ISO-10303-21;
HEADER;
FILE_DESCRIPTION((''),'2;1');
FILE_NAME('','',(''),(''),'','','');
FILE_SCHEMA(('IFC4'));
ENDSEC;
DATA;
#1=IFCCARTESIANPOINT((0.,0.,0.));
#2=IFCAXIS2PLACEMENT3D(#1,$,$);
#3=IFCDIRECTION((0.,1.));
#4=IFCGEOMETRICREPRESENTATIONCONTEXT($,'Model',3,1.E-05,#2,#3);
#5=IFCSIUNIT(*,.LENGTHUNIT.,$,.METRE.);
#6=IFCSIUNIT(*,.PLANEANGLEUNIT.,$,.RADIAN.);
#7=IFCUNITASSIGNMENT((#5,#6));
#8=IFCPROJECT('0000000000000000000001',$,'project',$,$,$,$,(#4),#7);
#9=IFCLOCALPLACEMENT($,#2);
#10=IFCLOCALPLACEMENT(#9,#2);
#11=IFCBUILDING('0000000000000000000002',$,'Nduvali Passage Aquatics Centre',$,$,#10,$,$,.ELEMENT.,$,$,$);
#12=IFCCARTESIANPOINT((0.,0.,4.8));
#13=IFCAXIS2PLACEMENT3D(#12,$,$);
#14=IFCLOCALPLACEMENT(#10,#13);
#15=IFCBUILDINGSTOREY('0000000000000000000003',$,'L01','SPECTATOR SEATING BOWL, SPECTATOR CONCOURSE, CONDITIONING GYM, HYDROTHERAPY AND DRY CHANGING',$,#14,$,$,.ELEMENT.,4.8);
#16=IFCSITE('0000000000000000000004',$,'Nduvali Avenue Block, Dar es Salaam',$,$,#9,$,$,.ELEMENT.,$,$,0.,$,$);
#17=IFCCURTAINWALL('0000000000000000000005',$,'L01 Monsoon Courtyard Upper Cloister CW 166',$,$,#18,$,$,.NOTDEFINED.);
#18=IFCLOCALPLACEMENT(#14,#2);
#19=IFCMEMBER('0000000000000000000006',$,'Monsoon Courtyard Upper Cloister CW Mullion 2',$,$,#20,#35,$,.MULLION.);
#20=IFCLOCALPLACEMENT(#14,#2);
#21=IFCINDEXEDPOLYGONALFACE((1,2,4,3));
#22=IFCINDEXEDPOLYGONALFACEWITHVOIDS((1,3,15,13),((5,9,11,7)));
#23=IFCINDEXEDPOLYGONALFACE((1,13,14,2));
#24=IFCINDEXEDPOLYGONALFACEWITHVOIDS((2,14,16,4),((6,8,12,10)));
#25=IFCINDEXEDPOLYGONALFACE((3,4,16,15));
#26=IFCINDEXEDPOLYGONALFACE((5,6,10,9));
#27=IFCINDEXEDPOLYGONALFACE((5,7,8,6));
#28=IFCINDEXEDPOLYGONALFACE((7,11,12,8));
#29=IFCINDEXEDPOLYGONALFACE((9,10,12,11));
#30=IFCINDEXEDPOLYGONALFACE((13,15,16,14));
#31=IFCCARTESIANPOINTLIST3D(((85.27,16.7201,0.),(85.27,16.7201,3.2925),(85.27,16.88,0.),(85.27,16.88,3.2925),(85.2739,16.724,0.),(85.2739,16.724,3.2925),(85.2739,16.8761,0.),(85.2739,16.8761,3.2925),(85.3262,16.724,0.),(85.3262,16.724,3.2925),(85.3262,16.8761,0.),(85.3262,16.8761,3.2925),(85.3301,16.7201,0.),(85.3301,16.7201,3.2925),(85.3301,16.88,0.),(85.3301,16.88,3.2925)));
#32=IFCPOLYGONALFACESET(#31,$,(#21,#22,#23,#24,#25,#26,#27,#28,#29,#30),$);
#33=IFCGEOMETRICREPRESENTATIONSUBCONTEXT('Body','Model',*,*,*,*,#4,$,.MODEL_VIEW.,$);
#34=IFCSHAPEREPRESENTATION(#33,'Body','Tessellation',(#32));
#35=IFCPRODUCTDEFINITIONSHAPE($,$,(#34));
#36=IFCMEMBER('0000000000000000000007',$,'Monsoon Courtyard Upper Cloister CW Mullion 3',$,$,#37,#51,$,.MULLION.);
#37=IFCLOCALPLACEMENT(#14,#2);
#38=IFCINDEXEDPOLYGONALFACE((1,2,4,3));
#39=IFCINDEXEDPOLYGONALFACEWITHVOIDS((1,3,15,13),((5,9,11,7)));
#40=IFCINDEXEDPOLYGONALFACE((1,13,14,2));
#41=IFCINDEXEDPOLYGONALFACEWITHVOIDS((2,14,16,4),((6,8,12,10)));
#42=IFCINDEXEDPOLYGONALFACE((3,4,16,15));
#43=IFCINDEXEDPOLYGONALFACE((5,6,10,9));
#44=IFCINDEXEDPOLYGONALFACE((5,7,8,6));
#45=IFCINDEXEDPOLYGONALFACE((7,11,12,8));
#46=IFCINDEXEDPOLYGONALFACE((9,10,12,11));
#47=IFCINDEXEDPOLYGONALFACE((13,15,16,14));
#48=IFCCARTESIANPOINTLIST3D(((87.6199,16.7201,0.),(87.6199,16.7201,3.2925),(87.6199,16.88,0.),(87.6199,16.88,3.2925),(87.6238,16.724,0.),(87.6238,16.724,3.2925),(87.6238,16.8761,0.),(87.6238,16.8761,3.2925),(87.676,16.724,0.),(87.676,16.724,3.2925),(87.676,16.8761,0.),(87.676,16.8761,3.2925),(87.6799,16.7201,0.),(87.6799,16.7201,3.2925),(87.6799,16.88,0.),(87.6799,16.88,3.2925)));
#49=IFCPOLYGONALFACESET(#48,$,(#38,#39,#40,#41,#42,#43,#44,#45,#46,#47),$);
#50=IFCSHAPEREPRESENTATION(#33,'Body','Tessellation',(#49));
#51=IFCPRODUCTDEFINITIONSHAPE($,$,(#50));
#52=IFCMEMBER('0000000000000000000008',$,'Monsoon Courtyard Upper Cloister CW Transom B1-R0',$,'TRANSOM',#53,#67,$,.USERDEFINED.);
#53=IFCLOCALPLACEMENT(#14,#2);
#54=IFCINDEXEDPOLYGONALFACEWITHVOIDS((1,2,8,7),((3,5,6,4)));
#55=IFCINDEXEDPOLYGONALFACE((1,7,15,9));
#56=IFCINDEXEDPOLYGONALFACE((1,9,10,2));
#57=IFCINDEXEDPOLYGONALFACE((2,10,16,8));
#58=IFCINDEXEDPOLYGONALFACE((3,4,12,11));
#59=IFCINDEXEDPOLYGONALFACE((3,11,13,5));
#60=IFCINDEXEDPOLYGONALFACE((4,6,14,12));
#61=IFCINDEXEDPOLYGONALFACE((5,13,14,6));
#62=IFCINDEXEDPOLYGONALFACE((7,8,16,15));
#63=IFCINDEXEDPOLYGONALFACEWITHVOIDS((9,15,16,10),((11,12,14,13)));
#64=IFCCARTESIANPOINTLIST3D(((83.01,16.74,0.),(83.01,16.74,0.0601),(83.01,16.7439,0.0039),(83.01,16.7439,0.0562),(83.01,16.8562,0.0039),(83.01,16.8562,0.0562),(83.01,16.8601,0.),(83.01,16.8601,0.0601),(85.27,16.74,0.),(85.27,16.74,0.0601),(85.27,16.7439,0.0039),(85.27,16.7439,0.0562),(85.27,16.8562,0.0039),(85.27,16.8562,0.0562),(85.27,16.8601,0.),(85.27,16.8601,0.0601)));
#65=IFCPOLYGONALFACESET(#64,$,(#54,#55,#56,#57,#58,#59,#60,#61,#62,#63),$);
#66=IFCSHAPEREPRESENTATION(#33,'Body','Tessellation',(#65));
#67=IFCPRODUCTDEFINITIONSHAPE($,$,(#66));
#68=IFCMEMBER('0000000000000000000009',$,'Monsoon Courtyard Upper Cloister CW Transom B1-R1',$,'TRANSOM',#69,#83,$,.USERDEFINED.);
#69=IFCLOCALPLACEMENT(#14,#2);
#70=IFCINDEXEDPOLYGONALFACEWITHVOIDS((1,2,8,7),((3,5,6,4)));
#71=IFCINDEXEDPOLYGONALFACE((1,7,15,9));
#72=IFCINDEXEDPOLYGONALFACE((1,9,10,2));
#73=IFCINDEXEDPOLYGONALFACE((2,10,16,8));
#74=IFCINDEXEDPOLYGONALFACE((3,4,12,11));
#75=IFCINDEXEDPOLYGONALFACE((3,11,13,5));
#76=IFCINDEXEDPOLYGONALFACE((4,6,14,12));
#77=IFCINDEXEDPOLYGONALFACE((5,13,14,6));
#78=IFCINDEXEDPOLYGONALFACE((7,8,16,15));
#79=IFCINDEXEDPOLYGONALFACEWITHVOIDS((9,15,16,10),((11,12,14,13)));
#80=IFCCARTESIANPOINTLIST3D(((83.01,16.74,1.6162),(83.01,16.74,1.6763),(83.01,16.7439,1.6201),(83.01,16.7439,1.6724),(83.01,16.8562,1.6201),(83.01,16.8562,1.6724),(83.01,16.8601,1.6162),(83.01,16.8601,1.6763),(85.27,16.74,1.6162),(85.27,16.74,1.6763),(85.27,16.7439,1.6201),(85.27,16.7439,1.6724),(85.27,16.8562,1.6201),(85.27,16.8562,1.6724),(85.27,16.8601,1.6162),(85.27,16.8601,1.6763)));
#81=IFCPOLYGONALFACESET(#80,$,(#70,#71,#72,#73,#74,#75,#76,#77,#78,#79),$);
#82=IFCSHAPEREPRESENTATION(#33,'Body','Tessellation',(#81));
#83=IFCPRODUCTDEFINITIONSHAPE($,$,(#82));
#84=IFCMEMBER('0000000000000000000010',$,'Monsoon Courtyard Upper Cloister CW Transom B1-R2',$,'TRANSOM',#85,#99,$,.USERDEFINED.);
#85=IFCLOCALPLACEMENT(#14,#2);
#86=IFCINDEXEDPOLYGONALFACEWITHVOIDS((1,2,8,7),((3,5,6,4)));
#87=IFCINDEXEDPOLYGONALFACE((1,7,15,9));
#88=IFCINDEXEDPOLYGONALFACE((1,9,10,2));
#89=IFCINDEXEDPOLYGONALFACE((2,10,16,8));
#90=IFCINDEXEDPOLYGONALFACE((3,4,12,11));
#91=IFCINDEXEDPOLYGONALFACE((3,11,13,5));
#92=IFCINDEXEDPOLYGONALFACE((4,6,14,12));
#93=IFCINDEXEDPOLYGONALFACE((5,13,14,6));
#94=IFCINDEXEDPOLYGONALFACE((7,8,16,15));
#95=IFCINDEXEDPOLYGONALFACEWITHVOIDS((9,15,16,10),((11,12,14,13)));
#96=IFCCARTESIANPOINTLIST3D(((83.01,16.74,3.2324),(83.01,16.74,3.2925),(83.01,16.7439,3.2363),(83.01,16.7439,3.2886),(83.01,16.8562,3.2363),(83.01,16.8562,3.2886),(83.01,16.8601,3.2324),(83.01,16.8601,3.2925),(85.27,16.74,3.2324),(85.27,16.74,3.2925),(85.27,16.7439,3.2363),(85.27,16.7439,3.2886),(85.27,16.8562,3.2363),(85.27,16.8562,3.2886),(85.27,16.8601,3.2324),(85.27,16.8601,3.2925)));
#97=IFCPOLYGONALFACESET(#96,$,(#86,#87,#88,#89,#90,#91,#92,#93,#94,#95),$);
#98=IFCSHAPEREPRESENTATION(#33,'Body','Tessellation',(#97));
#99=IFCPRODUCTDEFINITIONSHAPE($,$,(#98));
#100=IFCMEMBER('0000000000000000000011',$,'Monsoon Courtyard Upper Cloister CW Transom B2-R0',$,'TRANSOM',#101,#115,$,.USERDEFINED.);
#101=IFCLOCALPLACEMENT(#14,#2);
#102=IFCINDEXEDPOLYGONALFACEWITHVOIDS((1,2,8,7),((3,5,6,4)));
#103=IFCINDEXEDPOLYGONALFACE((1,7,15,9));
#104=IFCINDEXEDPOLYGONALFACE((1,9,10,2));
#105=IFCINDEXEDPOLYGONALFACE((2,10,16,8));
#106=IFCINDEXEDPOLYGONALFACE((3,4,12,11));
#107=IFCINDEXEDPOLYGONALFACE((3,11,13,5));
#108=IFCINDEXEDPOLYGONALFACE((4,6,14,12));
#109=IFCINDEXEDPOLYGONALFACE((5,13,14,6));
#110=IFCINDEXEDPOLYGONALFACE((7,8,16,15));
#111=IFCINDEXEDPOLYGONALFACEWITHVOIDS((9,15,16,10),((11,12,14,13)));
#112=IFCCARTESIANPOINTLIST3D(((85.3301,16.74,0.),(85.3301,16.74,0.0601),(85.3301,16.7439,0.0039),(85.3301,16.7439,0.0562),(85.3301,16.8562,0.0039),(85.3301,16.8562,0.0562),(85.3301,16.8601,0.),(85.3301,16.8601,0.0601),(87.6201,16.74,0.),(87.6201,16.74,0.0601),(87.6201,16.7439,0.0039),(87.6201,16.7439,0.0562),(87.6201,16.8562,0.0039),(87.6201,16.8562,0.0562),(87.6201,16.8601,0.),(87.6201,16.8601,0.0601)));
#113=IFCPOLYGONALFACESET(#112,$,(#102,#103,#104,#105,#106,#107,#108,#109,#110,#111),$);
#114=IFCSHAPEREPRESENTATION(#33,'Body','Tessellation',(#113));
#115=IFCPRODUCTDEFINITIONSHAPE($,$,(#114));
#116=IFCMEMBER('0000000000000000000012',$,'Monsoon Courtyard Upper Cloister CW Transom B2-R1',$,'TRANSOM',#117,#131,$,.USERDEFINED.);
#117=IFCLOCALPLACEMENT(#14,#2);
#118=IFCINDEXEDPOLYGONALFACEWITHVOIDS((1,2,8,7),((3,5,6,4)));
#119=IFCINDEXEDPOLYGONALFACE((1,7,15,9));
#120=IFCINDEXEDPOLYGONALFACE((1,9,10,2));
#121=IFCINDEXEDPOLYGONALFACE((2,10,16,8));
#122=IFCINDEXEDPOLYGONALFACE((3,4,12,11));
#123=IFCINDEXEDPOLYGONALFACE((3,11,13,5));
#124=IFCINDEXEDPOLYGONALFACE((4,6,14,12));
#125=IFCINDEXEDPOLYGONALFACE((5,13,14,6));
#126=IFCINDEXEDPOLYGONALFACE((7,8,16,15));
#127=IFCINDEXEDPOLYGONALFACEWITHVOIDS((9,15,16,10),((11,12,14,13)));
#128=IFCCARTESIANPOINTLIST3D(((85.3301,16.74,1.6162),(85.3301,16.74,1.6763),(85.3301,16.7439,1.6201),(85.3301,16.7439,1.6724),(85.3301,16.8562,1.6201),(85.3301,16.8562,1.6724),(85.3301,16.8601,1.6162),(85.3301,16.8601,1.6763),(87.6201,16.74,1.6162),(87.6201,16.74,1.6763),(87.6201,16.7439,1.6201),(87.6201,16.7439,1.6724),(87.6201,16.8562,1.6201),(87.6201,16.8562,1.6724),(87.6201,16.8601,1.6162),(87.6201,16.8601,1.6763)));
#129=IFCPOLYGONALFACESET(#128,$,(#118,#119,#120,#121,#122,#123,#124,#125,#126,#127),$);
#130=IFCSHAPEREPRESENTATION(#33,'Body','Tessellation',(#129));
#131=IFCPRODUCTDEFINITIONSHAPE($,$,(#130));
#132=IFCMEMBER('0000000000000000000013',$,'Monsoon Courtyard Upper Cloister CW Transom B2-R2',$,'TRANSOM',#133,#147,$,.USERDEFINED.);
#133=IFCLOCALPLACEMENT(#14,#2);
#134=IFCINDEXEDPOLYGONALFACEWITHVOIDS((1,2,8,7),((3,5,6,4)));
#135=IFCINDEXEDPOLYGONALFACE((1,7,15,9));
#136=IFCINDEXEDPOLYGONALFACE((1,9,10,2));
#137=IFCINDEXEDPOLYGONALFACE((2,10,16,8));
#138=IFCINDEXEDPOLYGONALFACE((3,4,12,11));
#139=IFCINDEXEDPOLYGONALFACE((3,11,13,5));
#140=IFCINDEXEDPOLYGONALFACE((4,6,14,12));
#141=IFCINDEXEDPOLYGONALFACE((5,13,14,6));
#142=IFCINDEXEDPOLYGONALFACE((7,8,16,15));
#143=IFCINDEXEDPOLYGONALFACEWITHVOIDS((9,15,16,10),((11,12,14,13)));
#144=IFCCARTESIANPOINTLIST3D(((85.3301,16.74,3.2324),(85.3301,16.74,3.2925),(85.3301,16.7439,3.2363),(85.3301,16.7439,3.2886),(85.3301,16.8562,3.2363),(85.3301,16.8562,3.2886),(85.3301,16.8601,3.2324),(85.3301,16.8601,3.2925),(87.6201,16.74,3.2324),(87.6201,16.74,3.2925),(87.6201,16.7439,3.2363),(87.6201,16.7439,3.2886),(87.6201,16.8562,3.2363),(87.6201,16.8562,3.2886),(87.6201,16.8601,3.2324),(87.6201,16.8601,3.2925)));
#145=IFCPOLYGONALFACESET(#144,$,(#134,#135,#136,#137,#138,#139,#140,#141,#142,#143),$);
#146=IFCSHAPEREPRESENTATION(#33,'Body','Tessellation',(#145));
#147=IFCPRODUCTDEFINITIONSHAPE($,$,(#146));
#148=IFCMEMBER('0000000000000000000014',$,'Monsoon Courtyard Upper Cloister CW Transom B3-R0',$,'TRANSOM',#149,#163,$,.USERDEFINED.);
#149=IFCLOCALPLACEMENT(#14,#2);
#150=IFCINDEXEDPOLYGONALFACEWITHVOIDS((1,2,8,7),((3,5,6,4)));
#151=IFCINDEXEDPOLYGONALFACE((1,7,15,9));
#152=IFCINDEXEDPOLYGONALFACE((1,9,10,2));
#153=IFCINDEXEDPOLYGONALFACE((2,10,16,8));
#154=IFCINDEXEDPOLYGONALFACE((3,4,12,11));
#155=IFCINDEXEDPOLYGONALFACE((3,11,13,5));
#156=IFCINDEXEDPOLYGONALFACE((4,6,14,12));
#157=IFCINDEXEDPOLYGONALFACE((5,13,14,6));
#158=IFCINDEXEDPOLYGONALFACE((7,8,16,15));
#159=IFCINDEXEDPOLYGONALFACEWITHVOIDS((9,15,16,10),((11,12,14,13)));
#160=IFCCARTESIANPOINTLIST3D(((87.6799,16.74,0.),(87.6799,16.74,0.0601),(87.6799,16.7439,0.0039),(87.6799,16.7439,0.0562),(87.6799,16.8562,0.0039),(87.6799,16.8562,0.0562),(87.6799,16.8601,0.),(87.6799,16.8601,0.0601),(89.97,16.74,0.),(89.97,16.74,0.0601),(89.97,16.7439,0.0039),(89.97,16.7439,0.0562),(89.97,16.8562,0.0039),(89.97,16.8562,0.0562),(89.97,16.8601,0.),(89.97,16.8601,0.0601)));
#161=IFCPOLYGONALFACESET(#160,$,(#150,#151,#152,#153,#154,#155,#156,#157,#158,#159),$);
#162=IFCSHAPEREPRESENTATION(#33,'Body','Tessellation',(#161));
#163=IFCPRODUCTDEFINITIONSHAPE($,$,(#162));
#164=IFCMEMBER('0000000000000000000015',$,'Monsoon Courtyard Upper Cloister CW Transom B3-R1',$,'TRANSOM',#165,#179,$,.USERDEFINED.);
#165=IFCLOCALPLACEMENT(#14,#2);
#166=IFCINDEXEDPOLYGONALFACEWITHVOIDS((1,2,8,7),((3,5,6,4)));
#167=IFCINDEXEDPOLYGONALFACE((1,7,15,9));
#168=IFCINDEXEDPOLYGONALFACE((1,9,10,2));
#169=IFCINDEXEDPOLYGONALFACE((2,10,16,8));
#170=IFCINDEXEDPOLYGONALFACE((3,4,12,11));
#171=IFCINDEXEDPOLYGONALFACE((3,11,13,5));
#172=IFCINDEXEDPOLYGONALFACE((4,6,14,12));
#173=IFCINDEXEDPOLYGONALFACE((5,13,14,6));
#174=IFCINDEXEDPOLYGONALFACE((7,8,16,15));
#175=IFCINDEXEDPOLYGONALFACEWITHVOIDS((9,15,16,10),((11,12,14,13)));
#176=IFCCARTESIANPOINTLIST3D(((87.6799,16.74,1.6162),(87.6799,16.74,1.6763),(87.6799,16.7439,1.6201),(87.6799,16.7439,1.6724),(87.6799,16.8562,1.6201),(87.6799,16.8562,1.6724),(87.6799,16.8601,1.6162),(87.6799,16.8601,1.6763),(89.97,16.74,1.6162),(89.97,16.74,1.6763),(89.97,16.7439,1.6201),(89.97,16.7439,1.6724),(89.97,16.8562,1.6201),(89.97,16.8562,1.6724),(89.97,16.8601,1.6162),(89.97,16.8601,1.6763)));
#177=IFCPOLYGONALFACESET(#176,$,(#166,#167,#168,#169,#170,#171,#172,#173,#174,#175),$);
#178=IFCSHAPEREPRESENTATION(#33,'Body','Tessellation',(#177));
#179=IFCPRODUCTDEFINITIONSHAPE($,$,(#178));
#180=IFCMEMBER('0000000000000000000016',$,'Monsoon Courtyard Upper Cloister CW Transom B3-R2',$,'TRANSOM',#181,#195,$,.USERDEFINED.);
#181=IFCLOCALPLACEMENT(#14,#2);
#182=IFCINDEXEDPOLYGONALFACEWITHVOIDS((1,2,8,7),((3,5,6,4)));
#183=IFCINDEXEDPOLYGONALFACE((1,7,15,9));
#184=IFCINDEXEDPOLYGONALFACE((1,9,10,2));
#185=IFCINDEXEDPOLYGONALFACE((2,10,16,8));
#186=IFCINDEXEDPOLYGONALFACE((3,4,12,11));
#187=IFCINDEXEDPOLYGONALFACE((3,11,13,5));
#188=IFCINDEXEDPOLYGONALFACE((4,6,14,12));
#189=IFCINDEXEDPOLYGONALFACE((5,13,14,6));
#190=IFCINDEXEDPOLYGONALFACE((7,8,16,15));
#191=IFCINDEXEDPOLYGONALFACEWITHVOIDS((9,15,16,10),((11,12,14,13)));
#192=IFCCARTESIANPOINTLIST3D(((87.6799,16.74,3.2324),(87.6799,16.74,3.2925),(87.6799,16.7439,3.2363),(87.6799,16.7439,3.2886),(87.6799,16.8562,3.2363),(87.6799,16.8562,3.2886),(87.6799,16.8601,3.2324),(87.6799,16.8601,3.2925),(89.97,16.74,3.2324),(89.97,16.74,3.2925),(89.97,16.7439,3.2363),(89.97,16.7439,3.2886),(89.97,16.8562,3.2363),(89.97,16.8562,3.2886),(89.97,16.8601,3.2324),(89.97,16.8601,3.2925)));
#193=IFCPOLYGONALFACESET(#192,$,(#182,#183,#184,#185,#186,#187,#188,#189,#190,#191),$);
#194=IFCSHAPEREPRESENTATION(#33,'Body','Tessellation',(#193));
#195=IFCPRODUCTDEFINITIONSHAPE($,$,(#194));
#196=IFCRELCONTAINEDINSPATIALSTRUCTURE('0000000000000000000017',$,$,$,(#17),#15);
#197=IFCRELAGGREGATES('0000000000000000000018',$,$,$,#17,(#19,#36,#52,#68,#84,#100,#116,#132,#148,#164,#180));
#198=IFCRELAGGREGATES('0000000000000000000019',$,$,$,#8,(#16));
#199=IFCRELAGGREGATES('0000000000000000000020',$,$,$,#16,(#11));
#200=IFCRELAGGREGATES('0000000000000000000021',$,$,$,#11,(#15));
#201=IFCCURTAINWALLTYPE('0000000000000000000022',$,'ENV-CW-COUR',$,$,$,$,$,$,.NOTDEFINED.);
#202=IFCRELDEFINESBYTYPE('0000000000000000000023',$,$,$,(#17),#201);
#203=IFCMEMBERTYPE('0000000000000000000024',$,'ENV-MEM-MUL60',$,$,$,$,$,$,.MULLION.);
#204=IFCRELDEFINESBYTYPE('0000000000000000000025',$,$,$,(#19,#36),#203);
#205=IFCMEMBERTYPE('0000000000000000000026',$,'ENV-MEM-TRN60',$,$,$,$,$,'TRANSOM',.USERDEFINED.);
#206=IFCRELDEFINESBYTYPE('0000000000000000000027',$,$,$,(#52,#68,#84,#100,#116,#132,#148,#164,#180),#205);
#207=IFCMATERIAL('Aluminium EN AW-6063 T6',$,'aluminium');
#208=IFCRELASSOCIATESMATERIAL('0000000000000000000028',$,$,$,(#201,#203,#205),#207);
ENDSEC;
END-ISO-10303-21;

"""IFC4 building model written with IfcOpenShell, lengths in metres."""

from ifc_helpers import new_model, si_unit, direction, frame, origin, origin_2d, place, context, subcontext, project, spatial, hollow_rectangle, extrude, material, material_profile, profile_set, type_object, element, aggregate, save


model = new_model("IFC4")

# Units and contexts
model_context = context("Model", 3, precision=1e-05, world=origin(), true_north=direction((0.0, 1.0)))
body_context = subcontext(model_context, "Body", "Model", "MODEL_VIEW")
ifc_project = project(units=[si_unit("LENGTHUNIT", "METRE"), si_unit("PLANEANGLEUNIT", "RADIAN")], contexts=[model_context])

# Site, building, storey
site_placement = place(None, origin())
site = spatial("IfcSite", under=ifc_project, at=site_placement, Name="Nduvali Avenue Block, Dar es Salaam", CompositionType="ELEMENT", RefElevation=0.0)
building_placement = place(site_placement, origin())
building = spatial("IfcBuilding", under=site, at=building_placement, Name="Nduvali Passage Aquatics Centre", CompositionType="ELEMENT")
storey_placement = place(building_placement, frame((0.0, 0.0, 4.8)))
storey = spatial("IfcBuildingStorey", under=building, at=storey_placement, Name="L01", Description="SPECTATOR SEATING BOWL, SPECTATOR CONCOURSE, CONDITIONING GYM, HYDROTHERAPY AND DRY CHANGING", CompositionType="ELEMENT", Elevation=4.8)

# Curtain wall, members
ifc_material_1 = material(Name="Aluminium EN AW-6063 T6", Category="aluminium")
curtain_wall_type = type_object("IfcCurtainWallType", Name="ENV-CW-COUR", PredefinedType="NOTDEFINED", material=ifc_material_1)
curtain_wall_placement = place(storey_placement, origin())
curtain_wall = element("IfcCurtainWall", 1, at=curtain_wall_placement, inside=storey, type_object=curtain_wall_type, Name="L01 Monsoon Courtyard Upper Cloister CW 166", PredefinedType="NOTDEFINED")
ifc_material_profile_1 = material_profile(ifc_material_1, hollow_rectangle(XDim=0.0601, YDim=0.1599, WallThickness=0.0039, at=origin_2d()), Name="ALU MULLION 60x160x4")
ifc_profile_set_1 = profile_set([ifc_material_profile_1], Name="Aluminium EN AW-6063 T6")
member_type_1 = type_object("IfcMemberType", Name="ENV-MEM-MUL60", PredefinedType="MULLION", material=ifc_profile_set_1)
member_1_placement = place(storey_placement, frame((85.3, 16.8, 0.0), z_axis=(0.0, 0.0, 1.0), x_axis=(1.0, 0.0, 0.0)))
member_1 = element("IfcMember", 2, at=member_1_placement, type_object=member_type_1, Name="Monsoon Courtyard Upper Cloister CW Mullion 2", PredefinedType="MULLION", context=body_context, shape_type="SweptSolid", body=[
    extrude(hollow_rectangle(XDim=0.0601, YDim=0.1599, WallThickness=0.0039, at=origin_2d()), origin(), (0.0, 0.0, 1.0), 3.2925),
])
member_2_placement = place(storey_placement, frame((87.6499, 16.8, 0.0), z_axis=(0.0, 0.0, 1.0), x_axis=(1.0, 0.0, 0.0)))
member_2 = element("IfcMember", 3, at=member_2_placement, type_object=member_type_1, Name="Monsoon Courtyard Upper Cloister CW Mullion 3", PredefinedType="MULLION", context=body_context, shape_type="SweptSolid", body=[
    extrude(hollow_rectangle(XDim=0.0601, YDim=0.1599, WallThickness=0.0039, at=origin_2d()), origin(), (0.0, 0.0, 1.0), 3.2925),
])
ifc_material_profile_2 = material_profile(ifc_material_1, hollow_rectangle(XDim=0.1201, YDim=0.0601, WallThickness=0.0039, at=origin_2d()), Name="ALU TRANSOM 120x60x4")
ifc_profile_set_2 = profile_set([ifc_material_profile_2], Name="Aluminium EN AW-6063 T6")
member_type_2 = type_object("IfcMemberType", Name="ENV-MEM-TRN60", ElementType="TRANSOM", PredefinedType="USERDEFINED", material=ifc_profile_set_2)
member_3_placement = place(storey_placement, frame((83.01, 16.8, 0.03), z_axis=(1.0, 0.0, 0.0), x_axis=(0.0, 1.0, 0.0)))
member_3 = element("IfcMember", 4, at=member_3_placement, type_object=member_type_2, Name="Monsoon Courtyard Upper Cloister CW Transom B1-R0", ObjectType="TRANSOM", PredefinedType="USERDEFINED", context=body_context, shape_type="SweptSolid", body=[
    extrude(hollow_rectangle(XDim=0.1201, YDim=0.0601, WallThickness=0.0039, at=origin_2d()), origin(), (0.0, 0.0, 1.0), 2.26),
])
member_4_placement = place(storey_placement, frame((83.01, 16.8, 1.6462), z_axis=(1.0, 0.0, 0.0), x_axis=(0.0, 1.0, 0.0)))
member_4 = element("IfcMember", 5, at=member_4_placement, type_object=member_type_2, Name="Monsoon Courtyard Upper Cloister CW Transom B1-R1", ObjectType="TRANSOM", PredefinedType="USERDEFINED", context=body_context, shape_type="SweptSolid", body=[
    extrude(hollow_rectangle(XDim=0.1201, YDim=0.0601, WallThickness=0.0039, at=origin_2d()), origin(), (0.0, 0.0, 1.0), 2.26),
])
member_5_placement = place(storey_placement, frame((83.01, 16.8, 3.2625), z_axis=(1.0, 0.0, 0.0), x_axis=(0.0, 1.0, 0.0)))
member_5 = element("IfcMember", 6, at=member_5_placement, type_object=member_type_2, Name="Monsoon Courtyard Upper Cloister CW Transom B1-R2", ObjectType="TRANSOM", PredefinedType="USERDEFINED", context=body_context, shape_type="SweptSolid", body=[
    extrude(hollow_rectangle(XDim=0.1201, YDim=0.0601, WallThickness=0.0039, at=origin_2d()), origin(), (0.0, 0.0, 1.0), 2.26),
])
member_6_placement = place(storey_placement, frame((85.3301, 16.8, 0.03), z_axis=(1.0, 0.0, 0.0), x_axis=(0.0, 1.0, 0.0)))
member_6 = element("IfcMember", 7, at=member_6_placement, type_object=member_type_2, Name="Monsoon Courtyard Upper Cloister CW Transom B2-R0", ObjectType="TRANSOM", PredefinedType="USERDEFINED", context=body_context, shape_type="SweptSolid", body=[
    extrude(hollow_rectangle(XDim=0.1201, YDim=0.0601, WallThickness=0.0039, at=origin_2d()), origin(), (0.0, 0.0, 1.0), 2.29),
])
member_7_placement = place(storey_placement, frame((85.3301, 16.8, 1.6462), z_axis=(1.0, 0.0, 0.0), x_axis=(0.0, 1.0, 0.0)))
member_7 = element("IfcMember", 8, at=member_7_placement, type_object=member_type_2, Name="Monsoon Courtyard Upper Cloister CW Transom B2-R1", ObjectType="TRANSOM", PredefinedType="USERDEFINED", context=body_context, shape_type="SweptSolid", body=[
    extrude(hollow_rectangle(XDim=0.1201, YDim=0.0601, WallThickness=0.0039, at=origin_2d()), origin(), (0.0, 0.0, 1.0), 2.29),
])
member_8_placement = place(storey_placement, frame((85.3301, 16.8, 3.2625), z_axis=(1.0, 0.0, 0.0), x_axis=(0.0, 1.0, 0.0)))
member_8 = element("IfcMember", 9, at=member_8_placement, type_object=member_type_2, Name="Monsoon Courtyard Upper Cloister CW Transom B2-R2", ObjectType="TRANSOM", PredefinedType="USERDEFINED", context=body_context, shape_type="SweptSolid", body=[
    extrude(hollow_rectangle(XDim=0.1201, YDim=0.0601, WallThickness=0.0039, at=origin_2d()), origin(), (0.0, 0.0, 1.0), 2.29),
])
member_9_placement = place(storey_placement, frame((87.6799, 16.8, 0.03), z_axis=(1.0, 0.0, 0.0), x_axis=(0.0, 1.0, 0.0)))
member_9 = element("IfcMember", 10, at=member_9_placement, type_object=member_type_2, Name="Monsoon Courtyard Upper Cloister CW Transom B3-R0", ObjectType="TRANSOM", PredefinedType="USERDEFINED", context=body_context, shape_type="SweptSolid", body=[
    extrude(hollow_rectangle(XDim=0.1201, YDim=0.0601, WallThickness=0.0039, at=origin_2d()), origin(), (0.0, 0.0, 1.0), 2.29),
])
member_10_placement = place(storey_placement, frame((87.6799, 16.8, 1.6462), z_axis=(1.0, 0.0, 0.0), x_axis=(0.0, 1.0, 0.0)))
member_10 = element("IfcMember", 11, at=member_10_placement, type_object=member_type_2, Name="Monsoon Courtyard Upper Cloister CW Transom B3-R1", ObjectType="TRANSOM", PredefinedType="USERDEFINED", context=body_context, shape_type="SweptSolid", body=[
    extrude(hollow_rectangle(XDim=0.1201, YDim=0.0601, WallThickness=0.0039, at=origin_2d()), origin(), (0.0, 0.0, 1.0), 2.29),
])
member_11_placement = place(storey_placement, frame((87.6799, 16.8, 3.2625), z_axis=(1.0, 0.0, 0.0), x_axis=(0.0, 1.0, 0.0)))
member_11 = element("IfcMember", 12, at=member_11_placement, type_object=member_type_2, Name="Monsoon Courtyard Upper Cloister CW Transom B3-R2", ObjectType="TRANSOM", PredefinedType="USERDEFINED", context=body_context, shape_type="SweptSolid", body=[
    extrude(hollow_rectangle(XDim=0.1201, YDim=0.0601, WallThickness=0.0039, at=origin_2d()), origin(), (0.0, 0.0, 1.0), 2.29),
])

aggregate(curtain_wall, [member_1, member_2, member_3, member_4, member_5, member_6, member_7, member_8, member_9, member_10, member_11])

save(model, "model.ifc")
